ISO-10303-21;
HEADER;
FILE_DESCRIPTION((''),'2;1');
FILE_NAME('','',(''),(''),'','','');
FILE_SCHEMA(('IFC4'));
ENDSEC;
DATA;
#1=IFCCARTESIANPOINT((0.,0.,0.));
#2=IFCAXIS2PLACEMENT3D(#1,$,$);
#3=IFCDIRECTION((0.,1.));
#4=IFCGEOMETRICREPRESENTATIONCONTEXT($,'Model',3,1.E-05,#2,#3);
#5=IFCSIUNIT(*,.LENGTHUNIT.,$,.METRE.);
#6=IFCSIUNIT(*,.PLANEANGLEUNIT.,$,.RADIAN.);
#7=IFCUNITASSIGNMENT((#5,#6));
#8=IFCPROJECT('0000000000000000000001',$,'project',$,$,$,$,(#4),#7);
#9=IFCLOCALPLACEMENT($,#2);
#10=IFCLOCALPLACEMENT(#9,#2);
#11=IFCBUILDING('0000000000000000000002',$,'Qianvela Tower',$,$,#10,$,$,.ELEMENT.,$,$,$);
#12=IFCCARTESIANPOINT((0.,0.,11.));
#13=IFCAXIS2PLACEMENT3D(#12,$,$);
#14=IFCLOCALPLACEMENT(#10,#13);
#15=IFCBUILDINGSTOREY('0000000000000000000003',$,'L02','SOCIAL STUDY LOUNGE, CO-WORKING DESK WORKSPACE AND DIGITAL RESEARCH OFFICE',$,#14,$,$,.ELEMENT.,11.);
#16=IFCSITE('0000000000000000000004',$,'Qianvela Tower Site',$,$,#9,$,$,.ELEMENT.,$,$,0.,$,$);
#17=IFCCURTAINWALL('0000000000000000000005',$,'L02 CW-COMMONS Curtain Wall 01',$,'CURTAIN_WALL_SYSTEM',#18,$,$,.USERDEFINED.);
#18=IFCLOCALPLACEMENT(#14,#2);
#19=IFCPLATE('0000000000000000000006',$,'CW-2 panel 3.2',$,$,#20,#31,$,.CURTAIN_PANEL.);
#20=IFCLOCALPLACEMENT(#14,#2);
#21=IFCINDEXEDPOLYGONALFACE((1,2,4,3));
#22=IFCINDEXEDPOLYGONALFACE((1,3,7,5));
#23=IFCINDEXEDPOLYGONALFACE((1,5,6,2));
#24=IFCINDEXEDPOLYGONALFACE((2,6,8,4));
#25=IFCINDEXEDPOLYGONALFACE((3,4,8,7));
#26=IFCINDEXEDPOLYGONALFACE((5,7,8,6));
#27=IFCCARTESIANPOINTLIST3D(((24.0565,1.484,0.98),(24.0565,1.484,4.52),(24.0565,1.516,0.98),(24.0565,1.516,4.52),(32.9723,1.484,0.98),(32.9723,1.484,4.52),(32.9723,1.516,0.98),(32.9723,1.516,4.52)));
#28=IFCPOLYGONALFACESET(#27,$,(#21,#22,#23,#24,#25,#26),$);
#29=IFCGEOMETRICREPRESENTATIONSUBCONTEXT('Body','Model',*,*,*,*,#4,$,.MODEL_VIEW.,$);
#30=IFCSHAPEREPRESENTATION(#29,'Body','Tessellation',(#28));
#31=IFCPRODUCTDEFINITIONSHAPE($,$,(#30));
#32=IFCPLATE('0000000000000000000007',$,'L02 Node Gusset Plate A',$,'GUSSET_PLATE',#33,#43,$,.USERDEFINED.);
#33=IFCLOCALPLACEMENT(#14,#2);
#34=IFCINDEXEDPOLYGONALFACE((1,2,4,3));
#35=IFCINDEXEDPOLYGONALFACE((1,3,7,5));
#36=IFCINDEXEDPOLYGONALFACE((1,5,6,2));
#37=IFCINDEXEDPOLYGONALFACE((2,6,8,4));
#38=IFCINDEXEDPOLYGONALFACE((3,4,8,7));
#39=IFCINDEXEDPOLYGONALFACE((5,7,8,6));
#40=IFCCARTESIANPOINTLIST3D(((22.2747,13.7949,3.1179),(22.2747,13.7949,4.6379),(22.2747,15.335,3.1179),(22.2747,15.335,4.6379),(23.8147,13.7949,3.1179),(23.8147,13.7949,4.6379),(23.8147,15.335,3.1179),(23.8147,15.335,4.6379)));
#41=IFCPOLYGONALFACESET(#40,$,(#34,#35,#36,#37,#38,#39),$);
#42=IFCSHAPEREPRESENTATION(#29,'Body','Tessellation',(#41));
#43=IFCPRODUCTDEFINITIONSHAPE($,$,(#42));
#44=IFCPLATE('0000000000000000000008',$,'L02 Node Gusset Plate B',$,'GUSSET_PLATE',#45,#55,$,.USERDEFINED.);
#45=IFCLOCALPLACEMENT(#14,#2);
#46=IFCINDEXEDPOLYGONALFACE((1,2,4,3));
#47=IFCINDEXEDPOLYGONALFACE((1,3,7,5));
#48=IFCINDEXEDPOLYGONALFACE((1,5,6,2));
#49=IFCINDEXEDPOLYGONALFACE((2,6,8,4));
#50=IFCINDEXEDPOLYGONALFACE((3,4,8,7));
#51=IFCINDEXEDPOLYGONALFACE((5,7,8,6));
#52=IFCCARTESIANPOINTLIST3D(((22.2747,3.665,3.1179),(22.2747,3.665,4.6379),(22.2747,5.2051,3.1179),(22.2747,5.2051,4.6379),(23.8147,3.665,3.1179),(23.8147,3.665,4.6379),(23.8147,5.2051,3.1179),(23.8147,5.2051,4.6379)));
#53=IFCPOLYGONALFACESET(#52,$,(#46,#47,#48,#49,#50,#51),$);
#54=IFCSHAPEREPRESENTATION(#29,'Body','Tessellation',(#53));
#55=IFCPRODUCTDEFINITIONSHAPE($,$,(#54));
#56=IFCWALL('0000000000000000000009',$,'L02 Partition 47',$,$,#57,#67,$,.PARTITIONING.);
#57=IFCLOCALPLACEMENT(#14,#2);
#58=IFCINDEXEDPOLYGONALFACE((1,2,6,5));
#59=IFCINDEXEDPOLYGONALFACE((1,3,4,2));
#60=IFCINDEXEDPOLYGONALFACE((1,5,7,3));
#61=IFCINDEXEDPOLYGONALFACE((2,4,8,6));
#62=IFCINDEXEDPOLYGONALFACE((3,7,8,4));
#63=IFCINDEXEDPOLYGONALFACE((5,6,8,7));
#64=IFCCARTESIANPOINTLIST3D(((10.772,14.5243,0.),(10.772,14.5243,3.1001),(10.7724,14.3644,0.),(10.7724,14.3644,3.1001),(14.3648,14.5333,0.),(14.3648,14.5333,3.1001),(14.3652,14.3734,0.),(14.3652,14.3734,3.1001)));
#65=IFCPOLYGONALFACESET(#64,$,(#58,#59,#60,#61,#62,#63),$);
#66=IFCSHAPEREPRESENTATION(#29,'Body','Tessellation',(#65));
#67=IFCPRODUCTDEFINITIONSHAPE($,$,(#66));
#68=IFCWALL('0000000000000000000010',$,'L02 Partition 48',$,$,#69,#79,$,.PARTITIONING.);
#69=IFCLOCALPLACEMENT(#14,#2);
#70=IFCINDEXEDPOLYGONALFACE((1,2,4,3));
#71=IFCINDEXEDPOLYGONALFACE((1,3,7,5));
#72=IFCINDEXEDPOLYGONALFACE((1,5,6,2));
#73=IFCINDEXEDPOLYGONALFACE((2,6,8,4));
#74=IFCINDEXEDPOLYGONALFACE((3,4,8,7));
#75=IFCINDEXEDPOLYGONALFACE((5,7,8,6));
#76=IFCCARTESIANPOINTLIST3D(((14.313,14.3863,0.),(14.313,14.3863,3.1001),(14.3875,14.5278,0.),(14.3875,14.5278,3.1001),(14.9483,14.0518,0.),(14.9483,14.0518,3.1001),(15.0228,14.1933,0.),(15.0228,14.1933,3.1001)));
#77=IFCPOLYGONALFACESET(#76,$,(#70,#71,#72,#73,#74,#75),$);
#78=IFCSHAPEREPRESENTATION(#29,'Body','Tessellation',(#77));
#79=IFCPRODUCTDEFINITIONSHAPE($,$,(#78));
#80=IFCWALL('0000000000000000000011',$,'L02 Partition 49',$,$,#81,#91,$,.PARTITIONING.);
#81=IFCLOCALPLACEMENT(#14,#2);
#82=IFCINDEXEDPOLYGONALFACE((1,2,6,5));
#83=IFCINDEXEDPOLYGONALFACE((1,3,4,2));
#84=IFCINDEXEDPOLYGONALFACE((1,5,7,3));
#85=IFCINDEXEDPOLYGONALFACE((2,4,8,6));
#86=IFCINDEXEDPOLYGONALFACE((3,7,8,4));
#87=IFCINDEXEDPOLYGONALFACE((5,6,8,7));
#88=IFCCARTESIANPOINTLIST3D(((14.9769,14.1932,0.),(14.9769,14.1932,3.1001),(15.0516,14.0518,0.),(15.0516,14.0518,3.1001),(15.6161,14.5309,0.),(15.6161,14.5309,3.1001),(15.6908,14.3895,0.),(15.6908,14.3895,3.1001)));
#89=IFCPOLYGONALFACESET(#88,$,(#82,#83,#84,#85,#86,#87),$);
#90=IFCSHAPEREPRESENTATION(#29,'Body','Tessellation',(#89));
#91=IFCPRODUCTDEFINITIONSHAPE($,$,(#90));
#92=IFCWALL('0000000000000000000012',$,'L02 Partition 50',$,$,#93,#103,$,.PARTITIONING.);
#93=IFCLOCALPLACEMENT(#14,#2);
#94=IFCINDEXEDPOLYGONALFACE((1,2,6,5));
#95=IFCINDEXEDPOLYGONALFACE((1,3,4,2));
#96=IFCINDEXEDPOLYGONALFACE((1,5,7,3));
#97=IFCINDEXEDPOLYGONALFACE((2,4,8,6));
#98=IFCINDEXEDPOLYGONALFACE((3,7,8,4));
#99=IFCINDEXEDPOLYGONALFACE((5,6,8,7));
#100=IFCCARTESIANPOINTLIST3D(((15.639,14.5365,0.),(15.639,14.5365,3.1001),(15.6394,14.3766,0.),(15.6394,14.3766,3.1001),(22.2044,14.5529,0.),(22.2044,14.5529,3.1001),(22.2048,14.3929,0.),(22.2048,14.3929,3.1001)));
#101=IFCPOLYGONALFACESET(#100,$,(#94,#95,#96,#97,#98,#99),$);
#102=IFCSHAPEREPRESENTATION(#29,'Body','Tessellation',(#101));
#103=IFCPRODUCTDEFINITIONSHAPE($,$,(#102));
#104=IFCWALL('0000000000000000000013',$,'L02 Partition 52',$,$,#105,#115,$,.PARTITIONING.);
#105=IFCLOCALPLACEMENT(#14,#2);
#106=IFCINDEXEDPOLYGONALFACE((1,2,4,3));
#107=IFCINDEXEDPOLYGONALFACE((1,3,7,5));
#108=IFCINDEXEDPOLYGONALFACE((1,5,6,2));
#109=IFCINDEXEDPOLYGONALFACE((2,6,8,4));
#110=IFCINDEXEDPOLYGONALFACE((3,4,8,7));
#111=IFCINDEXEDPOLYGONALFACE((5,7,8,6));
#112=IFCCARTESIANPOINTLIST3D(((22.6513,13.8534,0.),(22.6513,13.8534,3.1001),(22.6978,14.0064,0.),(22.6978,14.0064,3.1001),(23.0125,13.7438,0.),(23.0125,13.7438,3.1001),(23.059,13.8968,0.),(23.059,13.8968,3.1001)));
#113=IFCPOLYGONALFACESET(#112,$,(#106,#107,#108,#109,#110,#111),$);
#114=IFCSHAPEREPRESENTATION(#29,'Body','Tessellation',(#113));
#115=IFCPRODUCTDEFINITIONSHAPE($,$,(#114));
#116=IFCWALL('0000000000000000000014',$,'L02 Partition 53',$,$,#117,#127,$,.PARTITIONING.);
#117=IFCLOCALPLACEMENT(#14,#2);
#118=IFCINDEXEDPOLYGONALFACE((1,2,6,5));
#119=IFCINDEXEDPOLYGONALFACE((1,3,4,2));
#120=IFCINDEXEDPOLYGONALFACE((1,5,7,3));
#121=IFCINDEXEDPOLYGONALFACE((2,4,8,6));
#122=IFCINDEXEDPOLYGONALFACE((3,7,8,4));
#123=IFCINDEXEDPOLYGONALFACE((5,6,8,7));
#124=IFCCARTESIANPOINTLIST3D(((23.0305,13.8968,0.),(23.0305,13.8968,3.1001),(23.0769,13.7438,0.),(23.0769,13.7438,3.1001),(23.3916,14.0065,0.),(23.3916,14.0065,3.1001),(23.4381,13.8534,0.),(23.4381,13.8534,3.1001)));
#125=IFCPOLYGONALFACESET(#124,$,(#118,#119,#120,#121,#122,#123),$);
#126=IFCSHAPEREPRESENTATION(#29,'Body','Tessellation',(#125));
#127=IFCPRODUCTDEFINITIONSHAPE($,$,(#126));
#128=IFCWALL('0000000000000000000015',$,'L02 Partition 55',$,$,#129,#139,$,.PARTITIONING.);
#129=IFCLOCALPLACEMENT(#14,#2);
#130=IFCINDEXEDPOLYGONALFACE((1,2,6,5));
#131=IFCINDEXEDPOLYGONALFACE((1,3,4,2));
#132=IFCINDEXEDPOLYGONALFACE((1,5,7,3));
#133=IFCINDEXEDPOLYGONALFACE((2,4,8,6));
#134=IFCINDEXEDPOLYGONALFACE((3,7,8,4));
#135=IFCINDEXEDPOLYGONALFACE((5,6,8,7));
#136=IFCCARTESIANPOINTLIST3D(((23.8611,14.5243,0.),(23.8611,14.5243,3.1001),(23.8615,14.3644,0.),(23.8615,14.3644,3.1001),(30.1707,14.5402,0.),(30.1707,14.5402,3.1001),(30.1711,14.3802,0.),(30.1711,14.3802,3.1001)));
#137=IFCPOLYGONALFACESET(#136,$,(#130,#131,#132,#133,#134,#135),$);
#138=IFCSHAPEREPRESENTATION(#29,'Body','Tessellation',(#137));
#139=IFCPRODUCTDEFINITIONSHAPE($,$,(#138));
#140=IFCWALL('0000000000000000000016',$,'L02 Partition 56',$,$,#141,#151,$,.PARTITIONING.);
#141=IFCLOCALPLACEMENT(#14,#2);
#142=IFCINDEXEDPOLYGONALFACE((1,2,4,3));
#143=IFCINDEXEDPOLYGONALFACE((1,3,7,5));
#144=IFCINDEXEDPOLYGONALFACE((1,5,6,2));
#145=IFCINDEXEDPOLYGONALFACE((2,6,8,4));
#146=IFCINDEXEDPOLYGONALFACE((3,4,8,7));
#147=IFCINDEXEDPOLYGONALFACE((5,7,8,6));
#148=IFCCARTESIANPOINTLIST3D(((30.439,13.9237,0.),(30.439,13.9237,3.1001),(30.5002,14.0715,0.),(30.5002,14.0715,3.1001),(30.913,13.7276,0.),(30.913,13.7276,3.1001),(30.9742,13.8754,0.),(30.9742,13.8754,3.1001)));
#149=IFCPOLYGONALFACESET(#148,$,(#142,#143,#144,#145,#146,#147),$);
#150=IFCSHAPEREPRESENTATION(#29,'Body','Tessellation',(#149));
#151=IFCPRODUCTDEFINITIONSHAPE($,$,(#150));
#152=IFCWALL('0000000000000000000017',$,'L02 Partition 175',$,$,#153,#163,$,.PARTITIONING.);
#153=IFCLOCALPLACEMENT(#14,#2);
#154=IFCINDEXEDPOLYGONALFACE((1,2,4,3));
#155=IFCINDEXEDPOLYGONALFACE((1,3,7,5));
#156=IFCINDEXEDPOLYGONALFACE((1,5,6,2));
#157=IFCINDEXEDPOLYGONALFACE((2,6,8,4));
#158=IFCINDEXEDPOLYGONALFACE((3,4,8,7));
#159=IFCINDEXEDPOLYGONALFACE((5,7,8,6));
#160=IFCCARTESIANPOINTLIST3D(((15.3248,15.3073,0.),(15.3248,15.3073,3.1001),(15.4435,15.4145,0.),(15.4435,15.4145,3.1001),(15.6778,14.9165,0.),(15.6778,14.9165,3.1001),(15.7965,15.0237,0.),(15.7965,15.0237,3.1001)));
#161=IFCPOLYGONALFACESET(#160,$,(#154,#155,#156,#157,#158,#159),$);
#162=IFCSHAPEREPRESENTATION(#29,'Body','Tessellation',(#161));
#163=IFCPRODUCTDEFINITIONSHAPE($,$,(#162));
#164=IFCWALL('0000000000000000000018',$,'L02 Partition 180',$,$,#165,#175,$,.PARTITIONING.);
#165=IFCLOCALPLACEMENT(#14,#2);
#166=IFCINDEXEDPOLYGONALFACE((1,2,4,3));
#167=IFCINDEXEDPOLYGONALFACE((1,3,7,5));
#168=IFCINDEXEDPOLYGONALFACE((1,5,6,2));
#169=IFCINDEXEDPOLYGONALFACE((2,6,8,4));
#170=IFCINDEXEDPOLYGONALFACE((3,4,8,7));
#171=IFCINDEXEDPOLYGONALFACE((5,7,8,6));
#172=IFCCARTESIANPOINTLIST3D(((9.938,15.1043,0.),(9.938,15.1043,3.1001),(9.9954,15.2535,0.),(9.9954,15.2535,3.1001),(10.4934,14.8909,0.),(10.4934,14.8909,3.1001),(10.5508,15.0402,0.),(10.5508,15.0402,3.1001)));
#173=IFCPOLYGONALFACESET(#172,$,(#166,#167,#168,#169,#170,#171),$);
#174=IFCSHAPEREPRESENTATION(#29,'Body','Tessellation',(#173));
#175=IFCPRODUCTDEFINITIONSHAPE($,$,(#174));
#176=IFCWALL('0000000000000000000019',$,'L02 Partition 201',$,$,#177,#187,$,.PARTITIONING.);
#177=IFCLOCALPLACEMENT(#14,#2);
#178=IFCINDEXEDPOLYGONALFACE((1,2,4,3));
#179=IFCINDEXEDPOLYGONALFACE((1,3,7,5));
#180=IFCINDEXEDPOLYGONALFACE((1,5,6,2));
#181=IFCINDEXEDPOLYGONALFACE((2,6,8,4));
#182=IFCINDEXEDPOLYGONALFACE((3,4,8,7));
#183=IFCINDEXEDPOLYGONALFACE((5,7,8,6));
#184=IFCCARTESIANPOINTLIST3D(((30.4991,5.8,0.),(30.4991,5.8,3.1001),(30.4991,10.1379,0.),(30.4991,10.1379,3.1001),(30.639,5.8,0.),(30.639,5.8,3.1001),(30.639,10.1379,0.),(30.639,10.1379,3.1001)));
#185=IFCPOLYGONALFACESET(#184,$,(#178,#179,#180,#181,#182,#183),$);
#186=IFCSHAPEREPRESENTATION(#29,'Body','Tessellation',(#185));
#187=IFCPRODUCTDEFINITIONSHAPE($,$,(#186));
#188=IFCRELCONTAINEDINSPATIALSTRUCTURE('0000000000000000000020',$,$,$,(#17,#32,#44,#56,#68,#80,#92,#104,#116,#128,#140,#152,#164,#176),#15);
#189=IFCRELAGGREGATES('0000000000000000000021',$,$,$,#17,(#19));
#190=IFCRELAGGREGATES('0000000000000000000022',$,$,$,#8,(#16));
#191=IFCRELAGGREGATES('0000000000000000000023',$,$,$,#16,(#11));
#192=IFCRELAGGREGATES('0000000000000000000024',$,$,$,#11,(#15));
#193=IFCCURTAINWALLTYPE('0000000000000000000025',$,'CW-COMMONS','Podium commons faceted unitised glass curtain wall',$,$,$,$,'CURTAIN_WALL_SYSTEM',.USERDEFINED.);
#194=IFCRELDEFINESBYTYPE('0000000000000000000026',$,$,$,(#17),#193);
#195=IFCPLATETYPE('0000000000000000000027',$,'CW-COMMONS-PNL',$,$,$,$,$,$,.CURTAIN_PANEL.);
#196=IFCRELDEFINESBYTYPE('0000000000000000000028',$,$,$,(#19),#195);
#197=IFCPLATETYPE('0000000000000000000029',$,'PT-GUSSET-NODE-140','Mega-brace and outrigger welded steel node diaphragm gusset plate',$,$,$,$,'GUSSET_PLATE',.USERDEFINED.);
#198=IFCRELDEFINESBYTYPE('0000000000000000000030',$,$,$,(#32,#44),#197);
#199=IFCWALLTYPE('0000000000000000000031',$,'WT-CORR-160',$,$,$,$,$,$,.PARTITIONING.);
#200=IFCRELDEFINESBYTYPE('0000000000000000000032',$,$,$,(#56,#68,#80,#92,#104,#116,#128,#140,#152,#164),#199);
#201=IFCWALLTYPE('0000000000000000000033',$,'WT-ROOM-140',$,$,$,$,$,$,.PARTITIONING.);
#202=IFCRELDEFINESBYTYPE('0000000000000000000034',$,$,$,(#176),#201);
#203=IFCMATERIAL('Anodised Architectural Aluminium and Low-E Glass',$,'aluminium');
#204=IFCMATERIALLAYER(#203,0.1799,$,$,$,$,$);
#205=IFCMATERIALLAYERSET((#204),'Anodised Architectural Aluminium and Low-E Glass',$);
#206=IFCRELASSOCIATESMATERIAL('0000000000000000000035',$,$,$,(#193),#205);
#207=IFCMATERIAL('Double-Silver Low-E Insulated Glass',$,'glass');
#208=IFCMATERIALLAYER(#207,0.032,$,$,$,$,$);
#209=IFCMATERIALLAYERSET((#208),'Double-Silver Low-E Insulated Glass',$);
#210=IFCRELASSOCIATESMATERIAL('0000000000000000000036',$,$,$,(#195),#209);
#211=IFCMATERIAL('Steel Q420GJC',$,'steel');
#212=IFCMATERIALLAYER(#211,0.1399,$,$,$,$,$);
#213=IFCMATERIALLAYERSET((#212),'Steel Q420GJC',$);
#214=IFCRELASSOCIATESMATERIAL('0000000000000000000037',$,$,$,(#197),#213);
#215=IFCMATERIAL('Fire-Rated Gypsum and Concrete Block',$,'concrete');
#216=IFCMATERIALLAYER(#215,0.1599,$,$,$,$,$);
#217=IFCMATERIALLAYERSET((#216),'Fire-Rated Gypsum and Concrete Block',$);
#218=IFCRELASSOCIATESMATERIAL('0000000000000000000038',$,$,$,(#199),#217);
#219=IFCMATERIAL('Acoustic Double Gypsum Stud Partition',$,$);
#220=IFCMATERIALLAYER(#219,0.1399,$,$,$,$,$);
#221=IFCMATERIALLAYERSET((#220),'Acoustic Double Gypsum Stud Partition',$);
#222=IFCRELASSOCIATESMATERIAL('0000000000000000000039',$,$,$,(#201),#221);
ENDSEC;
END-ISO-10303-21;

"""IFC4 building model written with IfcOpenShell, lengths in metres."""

from ifc_helpers import new_model, si_unit, direction, frame, frame_2d, origin, origin_2d, place, context, subcontext, project, spatial, rectangle, extrude, material, layer, layer_set, type_object, element, aggregate, save


model = new_model("IFC4")

# Units and contexts
model_context = context("Model", 3, precision=1e-05, world=origin(), true_north=direction((0.0, 1.0)))
body_context = subcontext(model_context, "Body", "Model", "MODEL_VIEW")
ifc_project = project(units=[si_unit("LENGTHUNIT", "METRE"), si_unit("PLANEANGLEUNIT", "RADIAN")], contexts=[model_context])

# Site, building, storey
site_placement = place(None, origin())
site = spatial("IfcSite", under=ifc_project, at=site_placement, Name="Qianvela Tower Site", CompositionType="ELEMENT", RefElevation=0.0)
building_placement = place(site_placement, origin())
building = spatial("IfcBuilding", under=site, at=building_placement, Name="Qianvela Tower", CompositionType="ELEMENT")
storey_placement = place(building_placement, frame((0.0, 0.0, 11.0)))
storey = spatial("IfcBuildingStorey", under=building, at=storey_placement, Name="L02", Description="SOCIAL STUDY LOUNGE, CO-WORKING DESK WORKSPACE AND DIGITAL RESEARCH OFFICE", CompositionType="ELEMENT", Elevation=11.0)

# Curtain wall
ifc_material_1 = material(Name="Anodised Architectural Aluminium and Low-E Glass", Category="aluminium")
ifc_layer_1 = layer(ifc_material_1, 0.1799)
ifc_layer_set_1 = layer_set([ifc_layer_1], Name="Anodised Architectural Aluminium and Low-E Glass")
curtain_wall_type = type_object("IfcCurtainWallType", Name="CW-COMMONS", Description="Podium commons faceted unitised glass curtain wall", ElementType="CURTAIN_WALL_SYSTEM", PredefinedType="USERDEFINED", material=ifc_layer_set_1)
curtain_wall_placement = place(storey_placement, origin())
curtain_wall = element("IfcCurtainWall", 1, at=curtain_wall_placement, inside=storey, type_object=curtain_wall_type, Name="L02 CW-COMMONS Curtain Wall 01", ObjectType="CURTAIN_WALL_SYSTEM", PredefinedType="USERDEFINED")

# Plate
ifc_material_2 = material(Name="Double-Silver Low-E Insulated Glass", Category="glass")
ifc_layer_2 = layer(ifc_material_2, 0.032)
ifc_layer_set_2 = layer_set([ifc_layer_2], Name="Double-Silver Low-E Insulated Glass")
plate_type_1 = type_object("IfcPlateType", Name="CW-COMMONS-PNL", PredefinedType="CURTAIN_PANEL", material=ifc_layer_set_2)
plate_1_placement = place(storey_placement, frame((28.5144, 1.5, 0.98), z_axis=(0.0, 0.0, 1.0), x_axis=(1.0, 0.0, 0.0)))
plate_1 = element("IfcPlate", 2, at=plate_1_placement, type_object=plate_type_1, Name="CW-2 panel 3.2", PredefinedType="CURTAIN_PANEL", context=body_context, shape_type="SweptSolid", body=[
    extrude(rectangle(XDim=8.9158, YDim=0.032, at=origin_2d()), origin(), (0.0, 0.0, 1.0), 3.54),
])
aggregate(curtain_wall, [plate_1])

# Plates
ifc_material_3 = material(Name="Steel Q420GJC", Category="steel")
ifc_layer_3 = layer(ifc_material_3, 0.1399)
ifc_layer_set_3 = layer_set([ifc_layer_3], Name="Steel Q420GJC")
plate_type_2 = type_object("IfcPlateType", Name="PT-GUSSET-NODE-140", Description="Mega-brace and outrigger welded steel node diaphragm gusset plate", ElementType="GUSSET_PLATE", PredefinedType="USERDEFINED", material=ifc_layer_set_3)
for number, where, z_axis, x_axis, name in (
    (3, (23.0447, 14.5649, 3.1179), (0.0, 0.0, 1.0), (1.0, 0.0, 0.0), "L02 Node Gusset Plate A"),
    (4, (23.0447, 4.4351, 3.1179), (0.0, 0.0, 1.0), (1.0, 0.0, 0.0), "L02 Node Gusset Plate B"),
):
    element("IfcPlate", number, at=place(storey_placement, frame(where, z_axis=z_axis, x_axis=x_axis)), inside=storey, type_object=plate_type_2, Name=name, ObjectType="GUSSET_PLATE", PredefinedType="USERDEFINED", context=body_context, shape_type="SweptSolid", body=[
        extrude(rectangle(XDim=1.54, YDim=1.54, at=origin_2d()), origin(), (0.0, 0.0, 1.0), 1.52),
    ])

# Walls
ifc_material_4 = material(Name="Fire-Rated Gypsum and Concrete Block", Category="concrete")
ifc_layer_4 = layer(ifc_material_4, 0.1599)
ifc_layer_set_4 = layer_set([ifc_layer_4], Name="Fire-Rated Gypsum and Concrete Block")
wall_type_1 = type_object("IfcWallType", Name="WT-CORR-160", PredefinedType="PARTITIONING", material=ifc_layer_set_4)
wall_1_placement = place(storey_placement, frame((10.7722, 14.4443, 0.0), z_axis=(0.0, 0.0, 1.0), x_axis=(0.999997, 0.002514, 0.0)))
element("IfcWall", 5, at=wall_1_placement, inside=storey, type_object=wall_type_1, Name="L02 Partition 47", PredefinedType="PARTITIONING", context=body_context, shape_type="SweptSolid", body=[
    extrude(rectangle(XDim=3.5928, YDim=0.1599, at=frame_2d((1.7964, 0.0))), origin(), (0.0, 0.0, 1.0), 3.1001),
])
wall_2_placement = place(storey_placement, frame((14.3503, 14.457, 0.0), z_axis=(0.0, 0.0, 1.0), x_axis=(0.884844, -0.465887, 0.0)))
element("IfcWall", 6, at=wall_2_placement, inside=storey, type_object=wall_type_1, Name="L02 Partition 48", PredefinedType="PARTITIONING", context=body_context, shape_type="SweptSolid", body=[
    extrude(rectangle(XDim=0.718, YDim=0.1599, at=frame_2d((0.3589, 0.0))), origin(), (0.0, 0.0, 1.0), 3.1001),
])
wall_3_placement = place(storey_placement, frame((15.0144, 14.1226, 0.0), z_axis=(0.0, 0.0, 1.0), x_axis=(0.884207, 0.467096, 0.0)))
element("IfcWall", 7, at=wall_3_placement, inside=storey, type_object=wall_type_1, Name="L02 Partition 49", PredefinedType="PARTITIONING", context=body_context, shape_type="SweptSolid", body=[
    extrude(rectangle(XDim=0.7229, YDim=0.1599, at=frame_2d((0.3613, 0.0))), origin(), (0.0, 0.0, 1.0), 3.1001),
])
wall_4_placement = place(storey_placement, frame((15.6392, 14.4565, 0.0), z_axis=(0.0, 0.0, 1.0), x_axis=(0.999997, 0.002491, 0.0)))
element("IfcWall", 8, at=wall_4_placement, inside=storey, type_object=wall_type_1, Name="L02 Partition 50", PredefinedType="PARTITIONING", context=body_context, shape_type="SweptSolid", body=[
    extrude(rectangle(XDim=6.5654, YDim=0.1599, at=frame_2d((3.2827, 0.0))), origin(), (0.0, 0.0, 1.0), 3.1001),
])
for number, where, z_axis, x_axis, name in (
    (9, (22.6746, 13.9299, 0.0), (0.0, 0.0, 1.0), (0.956877, -0.290492, 0.0), "L02 Partition 52"),
    (10, (23.0537, 13.8203, 0.0), (0.0, 0.0, 1.0), (0.956877, 0.290492, 0.0), "L02 Partition 53"),
):
    element("IfcWall", number, at=place(storey_placement, frame(where, z_axis=z_axis, x_axis=x_axis)), inside=storey, type_object=wall_type_1, Name=name, PredefinedType="PARTITIONING", context=body_context, shape_type="SweptSolid", body=[
        extrude(rectangle(XDim=0.3774, YDim=0.1599, at=frame_2d((0.1887, 0.0))), origin(), (0.0, 0.0, 1.0), 3.1001),
    ])
wall_5_placement = place(storey_placement, frame((23.8613, 14.4443, 0.0), z_axis=(0.0, 0.0, 1.0), x_axis=(0.999997, 0.002515, 0.0)))
element("IfcWall", 11, at=wall_5_placement, inside=storey, type_object=wall_type_1, Name="L02 Partition 55", PredefinedType="PARTITIONING", context=body_context, shape_type="SweptSolid", body=[
    extrude(rectangle(XDim=6.3096, YDim=0.1599, at=frame_2d((3.1548, 0.0))), origin(), (0.0, 0.0, 1.0), 3.1001),
])
wall_6_placement = place(storey_placement, frame((30.4697, 13.9976, 0.0), z_axis=(0.0, 0.0, 1.0), x_axis=(0.924046, -0.382282, 0.0)))
element("IfcWall", 12, at=wall_6_placement, inside=storey, type_object=wall_type_1, Name="L02 Partition 56", PredefinedType="PARTITIONING", context=body_context, shape_type="SweptSolid", body=[
    extrude(rectangle(XDim=0.5129, YDim=0.1599, at=frame_2d((0.2563, 0.0))), origin(), (0.0, 0.0, 1.0), 3.1001),
])
wall_7_placement = place(storey_placement, frame((15.7371, 14.9702, 0.0), z_axis=(0.0, 0.0, 1.0), x_axis=(-0.67027, 0.742118, 0.0)))
element("IfcWall", 13, at=wall_7_placement, inside=storey, type_object=wall_type_1, Name="L02 Partition 175", PredefinedType="PARTITIONING", context=body_context, shape_type="SweptSolid", body=[
    extrude(rectangle(XDim=0.5266, YDim=0.1599, at=frame_2d((0.2632, 0.0))), origin(), (0.0, 0.0, 1.0), 3.1001),
])
wall_8_placement = place(storey_placement, frame((10.522, 14.9656, 0.0), z_axis=(0.0, 0.0, 1.0), x_axis=(-0.933483, 0.358622, 0.0)))
element("IfcWall", 14, at=wall_8_placement, inside=storey, type_object=wall_type_1, Name="L02 Partition 180", PredefinedType="PARTITIONING", context=body_context, shape_type="SweptSolid", body=[
    extrude(rectangle(XDim=0.595, YDim=0.1599, at=frame_2d((0.2974, 0.0))), origin(), (0.0, 0.0, 1.0), 3.1001),
])
ifc_material_5 = material(Name="Acoustic Double Gypsum Stud Partition")
ifc_layer_5 = layer(ifc_material_5, 0.1399)
ifc_layer_set_5 = layer_set([ifc_layer_5], Name="Acoustic Double Gypsum Stud Partition")
wall_type_2 = type_object("IfcWallType", Name="WT-ROOM-140", PredefinedType="PARTITIONING", material=ifc_layer_set_5)
wall_9_placement = place(storey_placement, frame((30.5691, 10.1379, 0.0), z_axis=(0.0, 0.0, 1.0), x_axis=(0.0, -1.0, 0.0)))
element("IfcWall", 15, at=wall_9_placement, inside=storey, type_object=wall_type_2, Name="L02 Partition 201", PredefinedType="PARTITIONING", context=body_context, shape_type="SweptSolid", body=[
    extrude(rectangle(XDim=4.3379, YDim=0.1399, at=frame_2d((2.1689, 0.0))), origin(), (0.0, 0.0, 1.0), 3.1001),
])

save(model, "model.ifc")
